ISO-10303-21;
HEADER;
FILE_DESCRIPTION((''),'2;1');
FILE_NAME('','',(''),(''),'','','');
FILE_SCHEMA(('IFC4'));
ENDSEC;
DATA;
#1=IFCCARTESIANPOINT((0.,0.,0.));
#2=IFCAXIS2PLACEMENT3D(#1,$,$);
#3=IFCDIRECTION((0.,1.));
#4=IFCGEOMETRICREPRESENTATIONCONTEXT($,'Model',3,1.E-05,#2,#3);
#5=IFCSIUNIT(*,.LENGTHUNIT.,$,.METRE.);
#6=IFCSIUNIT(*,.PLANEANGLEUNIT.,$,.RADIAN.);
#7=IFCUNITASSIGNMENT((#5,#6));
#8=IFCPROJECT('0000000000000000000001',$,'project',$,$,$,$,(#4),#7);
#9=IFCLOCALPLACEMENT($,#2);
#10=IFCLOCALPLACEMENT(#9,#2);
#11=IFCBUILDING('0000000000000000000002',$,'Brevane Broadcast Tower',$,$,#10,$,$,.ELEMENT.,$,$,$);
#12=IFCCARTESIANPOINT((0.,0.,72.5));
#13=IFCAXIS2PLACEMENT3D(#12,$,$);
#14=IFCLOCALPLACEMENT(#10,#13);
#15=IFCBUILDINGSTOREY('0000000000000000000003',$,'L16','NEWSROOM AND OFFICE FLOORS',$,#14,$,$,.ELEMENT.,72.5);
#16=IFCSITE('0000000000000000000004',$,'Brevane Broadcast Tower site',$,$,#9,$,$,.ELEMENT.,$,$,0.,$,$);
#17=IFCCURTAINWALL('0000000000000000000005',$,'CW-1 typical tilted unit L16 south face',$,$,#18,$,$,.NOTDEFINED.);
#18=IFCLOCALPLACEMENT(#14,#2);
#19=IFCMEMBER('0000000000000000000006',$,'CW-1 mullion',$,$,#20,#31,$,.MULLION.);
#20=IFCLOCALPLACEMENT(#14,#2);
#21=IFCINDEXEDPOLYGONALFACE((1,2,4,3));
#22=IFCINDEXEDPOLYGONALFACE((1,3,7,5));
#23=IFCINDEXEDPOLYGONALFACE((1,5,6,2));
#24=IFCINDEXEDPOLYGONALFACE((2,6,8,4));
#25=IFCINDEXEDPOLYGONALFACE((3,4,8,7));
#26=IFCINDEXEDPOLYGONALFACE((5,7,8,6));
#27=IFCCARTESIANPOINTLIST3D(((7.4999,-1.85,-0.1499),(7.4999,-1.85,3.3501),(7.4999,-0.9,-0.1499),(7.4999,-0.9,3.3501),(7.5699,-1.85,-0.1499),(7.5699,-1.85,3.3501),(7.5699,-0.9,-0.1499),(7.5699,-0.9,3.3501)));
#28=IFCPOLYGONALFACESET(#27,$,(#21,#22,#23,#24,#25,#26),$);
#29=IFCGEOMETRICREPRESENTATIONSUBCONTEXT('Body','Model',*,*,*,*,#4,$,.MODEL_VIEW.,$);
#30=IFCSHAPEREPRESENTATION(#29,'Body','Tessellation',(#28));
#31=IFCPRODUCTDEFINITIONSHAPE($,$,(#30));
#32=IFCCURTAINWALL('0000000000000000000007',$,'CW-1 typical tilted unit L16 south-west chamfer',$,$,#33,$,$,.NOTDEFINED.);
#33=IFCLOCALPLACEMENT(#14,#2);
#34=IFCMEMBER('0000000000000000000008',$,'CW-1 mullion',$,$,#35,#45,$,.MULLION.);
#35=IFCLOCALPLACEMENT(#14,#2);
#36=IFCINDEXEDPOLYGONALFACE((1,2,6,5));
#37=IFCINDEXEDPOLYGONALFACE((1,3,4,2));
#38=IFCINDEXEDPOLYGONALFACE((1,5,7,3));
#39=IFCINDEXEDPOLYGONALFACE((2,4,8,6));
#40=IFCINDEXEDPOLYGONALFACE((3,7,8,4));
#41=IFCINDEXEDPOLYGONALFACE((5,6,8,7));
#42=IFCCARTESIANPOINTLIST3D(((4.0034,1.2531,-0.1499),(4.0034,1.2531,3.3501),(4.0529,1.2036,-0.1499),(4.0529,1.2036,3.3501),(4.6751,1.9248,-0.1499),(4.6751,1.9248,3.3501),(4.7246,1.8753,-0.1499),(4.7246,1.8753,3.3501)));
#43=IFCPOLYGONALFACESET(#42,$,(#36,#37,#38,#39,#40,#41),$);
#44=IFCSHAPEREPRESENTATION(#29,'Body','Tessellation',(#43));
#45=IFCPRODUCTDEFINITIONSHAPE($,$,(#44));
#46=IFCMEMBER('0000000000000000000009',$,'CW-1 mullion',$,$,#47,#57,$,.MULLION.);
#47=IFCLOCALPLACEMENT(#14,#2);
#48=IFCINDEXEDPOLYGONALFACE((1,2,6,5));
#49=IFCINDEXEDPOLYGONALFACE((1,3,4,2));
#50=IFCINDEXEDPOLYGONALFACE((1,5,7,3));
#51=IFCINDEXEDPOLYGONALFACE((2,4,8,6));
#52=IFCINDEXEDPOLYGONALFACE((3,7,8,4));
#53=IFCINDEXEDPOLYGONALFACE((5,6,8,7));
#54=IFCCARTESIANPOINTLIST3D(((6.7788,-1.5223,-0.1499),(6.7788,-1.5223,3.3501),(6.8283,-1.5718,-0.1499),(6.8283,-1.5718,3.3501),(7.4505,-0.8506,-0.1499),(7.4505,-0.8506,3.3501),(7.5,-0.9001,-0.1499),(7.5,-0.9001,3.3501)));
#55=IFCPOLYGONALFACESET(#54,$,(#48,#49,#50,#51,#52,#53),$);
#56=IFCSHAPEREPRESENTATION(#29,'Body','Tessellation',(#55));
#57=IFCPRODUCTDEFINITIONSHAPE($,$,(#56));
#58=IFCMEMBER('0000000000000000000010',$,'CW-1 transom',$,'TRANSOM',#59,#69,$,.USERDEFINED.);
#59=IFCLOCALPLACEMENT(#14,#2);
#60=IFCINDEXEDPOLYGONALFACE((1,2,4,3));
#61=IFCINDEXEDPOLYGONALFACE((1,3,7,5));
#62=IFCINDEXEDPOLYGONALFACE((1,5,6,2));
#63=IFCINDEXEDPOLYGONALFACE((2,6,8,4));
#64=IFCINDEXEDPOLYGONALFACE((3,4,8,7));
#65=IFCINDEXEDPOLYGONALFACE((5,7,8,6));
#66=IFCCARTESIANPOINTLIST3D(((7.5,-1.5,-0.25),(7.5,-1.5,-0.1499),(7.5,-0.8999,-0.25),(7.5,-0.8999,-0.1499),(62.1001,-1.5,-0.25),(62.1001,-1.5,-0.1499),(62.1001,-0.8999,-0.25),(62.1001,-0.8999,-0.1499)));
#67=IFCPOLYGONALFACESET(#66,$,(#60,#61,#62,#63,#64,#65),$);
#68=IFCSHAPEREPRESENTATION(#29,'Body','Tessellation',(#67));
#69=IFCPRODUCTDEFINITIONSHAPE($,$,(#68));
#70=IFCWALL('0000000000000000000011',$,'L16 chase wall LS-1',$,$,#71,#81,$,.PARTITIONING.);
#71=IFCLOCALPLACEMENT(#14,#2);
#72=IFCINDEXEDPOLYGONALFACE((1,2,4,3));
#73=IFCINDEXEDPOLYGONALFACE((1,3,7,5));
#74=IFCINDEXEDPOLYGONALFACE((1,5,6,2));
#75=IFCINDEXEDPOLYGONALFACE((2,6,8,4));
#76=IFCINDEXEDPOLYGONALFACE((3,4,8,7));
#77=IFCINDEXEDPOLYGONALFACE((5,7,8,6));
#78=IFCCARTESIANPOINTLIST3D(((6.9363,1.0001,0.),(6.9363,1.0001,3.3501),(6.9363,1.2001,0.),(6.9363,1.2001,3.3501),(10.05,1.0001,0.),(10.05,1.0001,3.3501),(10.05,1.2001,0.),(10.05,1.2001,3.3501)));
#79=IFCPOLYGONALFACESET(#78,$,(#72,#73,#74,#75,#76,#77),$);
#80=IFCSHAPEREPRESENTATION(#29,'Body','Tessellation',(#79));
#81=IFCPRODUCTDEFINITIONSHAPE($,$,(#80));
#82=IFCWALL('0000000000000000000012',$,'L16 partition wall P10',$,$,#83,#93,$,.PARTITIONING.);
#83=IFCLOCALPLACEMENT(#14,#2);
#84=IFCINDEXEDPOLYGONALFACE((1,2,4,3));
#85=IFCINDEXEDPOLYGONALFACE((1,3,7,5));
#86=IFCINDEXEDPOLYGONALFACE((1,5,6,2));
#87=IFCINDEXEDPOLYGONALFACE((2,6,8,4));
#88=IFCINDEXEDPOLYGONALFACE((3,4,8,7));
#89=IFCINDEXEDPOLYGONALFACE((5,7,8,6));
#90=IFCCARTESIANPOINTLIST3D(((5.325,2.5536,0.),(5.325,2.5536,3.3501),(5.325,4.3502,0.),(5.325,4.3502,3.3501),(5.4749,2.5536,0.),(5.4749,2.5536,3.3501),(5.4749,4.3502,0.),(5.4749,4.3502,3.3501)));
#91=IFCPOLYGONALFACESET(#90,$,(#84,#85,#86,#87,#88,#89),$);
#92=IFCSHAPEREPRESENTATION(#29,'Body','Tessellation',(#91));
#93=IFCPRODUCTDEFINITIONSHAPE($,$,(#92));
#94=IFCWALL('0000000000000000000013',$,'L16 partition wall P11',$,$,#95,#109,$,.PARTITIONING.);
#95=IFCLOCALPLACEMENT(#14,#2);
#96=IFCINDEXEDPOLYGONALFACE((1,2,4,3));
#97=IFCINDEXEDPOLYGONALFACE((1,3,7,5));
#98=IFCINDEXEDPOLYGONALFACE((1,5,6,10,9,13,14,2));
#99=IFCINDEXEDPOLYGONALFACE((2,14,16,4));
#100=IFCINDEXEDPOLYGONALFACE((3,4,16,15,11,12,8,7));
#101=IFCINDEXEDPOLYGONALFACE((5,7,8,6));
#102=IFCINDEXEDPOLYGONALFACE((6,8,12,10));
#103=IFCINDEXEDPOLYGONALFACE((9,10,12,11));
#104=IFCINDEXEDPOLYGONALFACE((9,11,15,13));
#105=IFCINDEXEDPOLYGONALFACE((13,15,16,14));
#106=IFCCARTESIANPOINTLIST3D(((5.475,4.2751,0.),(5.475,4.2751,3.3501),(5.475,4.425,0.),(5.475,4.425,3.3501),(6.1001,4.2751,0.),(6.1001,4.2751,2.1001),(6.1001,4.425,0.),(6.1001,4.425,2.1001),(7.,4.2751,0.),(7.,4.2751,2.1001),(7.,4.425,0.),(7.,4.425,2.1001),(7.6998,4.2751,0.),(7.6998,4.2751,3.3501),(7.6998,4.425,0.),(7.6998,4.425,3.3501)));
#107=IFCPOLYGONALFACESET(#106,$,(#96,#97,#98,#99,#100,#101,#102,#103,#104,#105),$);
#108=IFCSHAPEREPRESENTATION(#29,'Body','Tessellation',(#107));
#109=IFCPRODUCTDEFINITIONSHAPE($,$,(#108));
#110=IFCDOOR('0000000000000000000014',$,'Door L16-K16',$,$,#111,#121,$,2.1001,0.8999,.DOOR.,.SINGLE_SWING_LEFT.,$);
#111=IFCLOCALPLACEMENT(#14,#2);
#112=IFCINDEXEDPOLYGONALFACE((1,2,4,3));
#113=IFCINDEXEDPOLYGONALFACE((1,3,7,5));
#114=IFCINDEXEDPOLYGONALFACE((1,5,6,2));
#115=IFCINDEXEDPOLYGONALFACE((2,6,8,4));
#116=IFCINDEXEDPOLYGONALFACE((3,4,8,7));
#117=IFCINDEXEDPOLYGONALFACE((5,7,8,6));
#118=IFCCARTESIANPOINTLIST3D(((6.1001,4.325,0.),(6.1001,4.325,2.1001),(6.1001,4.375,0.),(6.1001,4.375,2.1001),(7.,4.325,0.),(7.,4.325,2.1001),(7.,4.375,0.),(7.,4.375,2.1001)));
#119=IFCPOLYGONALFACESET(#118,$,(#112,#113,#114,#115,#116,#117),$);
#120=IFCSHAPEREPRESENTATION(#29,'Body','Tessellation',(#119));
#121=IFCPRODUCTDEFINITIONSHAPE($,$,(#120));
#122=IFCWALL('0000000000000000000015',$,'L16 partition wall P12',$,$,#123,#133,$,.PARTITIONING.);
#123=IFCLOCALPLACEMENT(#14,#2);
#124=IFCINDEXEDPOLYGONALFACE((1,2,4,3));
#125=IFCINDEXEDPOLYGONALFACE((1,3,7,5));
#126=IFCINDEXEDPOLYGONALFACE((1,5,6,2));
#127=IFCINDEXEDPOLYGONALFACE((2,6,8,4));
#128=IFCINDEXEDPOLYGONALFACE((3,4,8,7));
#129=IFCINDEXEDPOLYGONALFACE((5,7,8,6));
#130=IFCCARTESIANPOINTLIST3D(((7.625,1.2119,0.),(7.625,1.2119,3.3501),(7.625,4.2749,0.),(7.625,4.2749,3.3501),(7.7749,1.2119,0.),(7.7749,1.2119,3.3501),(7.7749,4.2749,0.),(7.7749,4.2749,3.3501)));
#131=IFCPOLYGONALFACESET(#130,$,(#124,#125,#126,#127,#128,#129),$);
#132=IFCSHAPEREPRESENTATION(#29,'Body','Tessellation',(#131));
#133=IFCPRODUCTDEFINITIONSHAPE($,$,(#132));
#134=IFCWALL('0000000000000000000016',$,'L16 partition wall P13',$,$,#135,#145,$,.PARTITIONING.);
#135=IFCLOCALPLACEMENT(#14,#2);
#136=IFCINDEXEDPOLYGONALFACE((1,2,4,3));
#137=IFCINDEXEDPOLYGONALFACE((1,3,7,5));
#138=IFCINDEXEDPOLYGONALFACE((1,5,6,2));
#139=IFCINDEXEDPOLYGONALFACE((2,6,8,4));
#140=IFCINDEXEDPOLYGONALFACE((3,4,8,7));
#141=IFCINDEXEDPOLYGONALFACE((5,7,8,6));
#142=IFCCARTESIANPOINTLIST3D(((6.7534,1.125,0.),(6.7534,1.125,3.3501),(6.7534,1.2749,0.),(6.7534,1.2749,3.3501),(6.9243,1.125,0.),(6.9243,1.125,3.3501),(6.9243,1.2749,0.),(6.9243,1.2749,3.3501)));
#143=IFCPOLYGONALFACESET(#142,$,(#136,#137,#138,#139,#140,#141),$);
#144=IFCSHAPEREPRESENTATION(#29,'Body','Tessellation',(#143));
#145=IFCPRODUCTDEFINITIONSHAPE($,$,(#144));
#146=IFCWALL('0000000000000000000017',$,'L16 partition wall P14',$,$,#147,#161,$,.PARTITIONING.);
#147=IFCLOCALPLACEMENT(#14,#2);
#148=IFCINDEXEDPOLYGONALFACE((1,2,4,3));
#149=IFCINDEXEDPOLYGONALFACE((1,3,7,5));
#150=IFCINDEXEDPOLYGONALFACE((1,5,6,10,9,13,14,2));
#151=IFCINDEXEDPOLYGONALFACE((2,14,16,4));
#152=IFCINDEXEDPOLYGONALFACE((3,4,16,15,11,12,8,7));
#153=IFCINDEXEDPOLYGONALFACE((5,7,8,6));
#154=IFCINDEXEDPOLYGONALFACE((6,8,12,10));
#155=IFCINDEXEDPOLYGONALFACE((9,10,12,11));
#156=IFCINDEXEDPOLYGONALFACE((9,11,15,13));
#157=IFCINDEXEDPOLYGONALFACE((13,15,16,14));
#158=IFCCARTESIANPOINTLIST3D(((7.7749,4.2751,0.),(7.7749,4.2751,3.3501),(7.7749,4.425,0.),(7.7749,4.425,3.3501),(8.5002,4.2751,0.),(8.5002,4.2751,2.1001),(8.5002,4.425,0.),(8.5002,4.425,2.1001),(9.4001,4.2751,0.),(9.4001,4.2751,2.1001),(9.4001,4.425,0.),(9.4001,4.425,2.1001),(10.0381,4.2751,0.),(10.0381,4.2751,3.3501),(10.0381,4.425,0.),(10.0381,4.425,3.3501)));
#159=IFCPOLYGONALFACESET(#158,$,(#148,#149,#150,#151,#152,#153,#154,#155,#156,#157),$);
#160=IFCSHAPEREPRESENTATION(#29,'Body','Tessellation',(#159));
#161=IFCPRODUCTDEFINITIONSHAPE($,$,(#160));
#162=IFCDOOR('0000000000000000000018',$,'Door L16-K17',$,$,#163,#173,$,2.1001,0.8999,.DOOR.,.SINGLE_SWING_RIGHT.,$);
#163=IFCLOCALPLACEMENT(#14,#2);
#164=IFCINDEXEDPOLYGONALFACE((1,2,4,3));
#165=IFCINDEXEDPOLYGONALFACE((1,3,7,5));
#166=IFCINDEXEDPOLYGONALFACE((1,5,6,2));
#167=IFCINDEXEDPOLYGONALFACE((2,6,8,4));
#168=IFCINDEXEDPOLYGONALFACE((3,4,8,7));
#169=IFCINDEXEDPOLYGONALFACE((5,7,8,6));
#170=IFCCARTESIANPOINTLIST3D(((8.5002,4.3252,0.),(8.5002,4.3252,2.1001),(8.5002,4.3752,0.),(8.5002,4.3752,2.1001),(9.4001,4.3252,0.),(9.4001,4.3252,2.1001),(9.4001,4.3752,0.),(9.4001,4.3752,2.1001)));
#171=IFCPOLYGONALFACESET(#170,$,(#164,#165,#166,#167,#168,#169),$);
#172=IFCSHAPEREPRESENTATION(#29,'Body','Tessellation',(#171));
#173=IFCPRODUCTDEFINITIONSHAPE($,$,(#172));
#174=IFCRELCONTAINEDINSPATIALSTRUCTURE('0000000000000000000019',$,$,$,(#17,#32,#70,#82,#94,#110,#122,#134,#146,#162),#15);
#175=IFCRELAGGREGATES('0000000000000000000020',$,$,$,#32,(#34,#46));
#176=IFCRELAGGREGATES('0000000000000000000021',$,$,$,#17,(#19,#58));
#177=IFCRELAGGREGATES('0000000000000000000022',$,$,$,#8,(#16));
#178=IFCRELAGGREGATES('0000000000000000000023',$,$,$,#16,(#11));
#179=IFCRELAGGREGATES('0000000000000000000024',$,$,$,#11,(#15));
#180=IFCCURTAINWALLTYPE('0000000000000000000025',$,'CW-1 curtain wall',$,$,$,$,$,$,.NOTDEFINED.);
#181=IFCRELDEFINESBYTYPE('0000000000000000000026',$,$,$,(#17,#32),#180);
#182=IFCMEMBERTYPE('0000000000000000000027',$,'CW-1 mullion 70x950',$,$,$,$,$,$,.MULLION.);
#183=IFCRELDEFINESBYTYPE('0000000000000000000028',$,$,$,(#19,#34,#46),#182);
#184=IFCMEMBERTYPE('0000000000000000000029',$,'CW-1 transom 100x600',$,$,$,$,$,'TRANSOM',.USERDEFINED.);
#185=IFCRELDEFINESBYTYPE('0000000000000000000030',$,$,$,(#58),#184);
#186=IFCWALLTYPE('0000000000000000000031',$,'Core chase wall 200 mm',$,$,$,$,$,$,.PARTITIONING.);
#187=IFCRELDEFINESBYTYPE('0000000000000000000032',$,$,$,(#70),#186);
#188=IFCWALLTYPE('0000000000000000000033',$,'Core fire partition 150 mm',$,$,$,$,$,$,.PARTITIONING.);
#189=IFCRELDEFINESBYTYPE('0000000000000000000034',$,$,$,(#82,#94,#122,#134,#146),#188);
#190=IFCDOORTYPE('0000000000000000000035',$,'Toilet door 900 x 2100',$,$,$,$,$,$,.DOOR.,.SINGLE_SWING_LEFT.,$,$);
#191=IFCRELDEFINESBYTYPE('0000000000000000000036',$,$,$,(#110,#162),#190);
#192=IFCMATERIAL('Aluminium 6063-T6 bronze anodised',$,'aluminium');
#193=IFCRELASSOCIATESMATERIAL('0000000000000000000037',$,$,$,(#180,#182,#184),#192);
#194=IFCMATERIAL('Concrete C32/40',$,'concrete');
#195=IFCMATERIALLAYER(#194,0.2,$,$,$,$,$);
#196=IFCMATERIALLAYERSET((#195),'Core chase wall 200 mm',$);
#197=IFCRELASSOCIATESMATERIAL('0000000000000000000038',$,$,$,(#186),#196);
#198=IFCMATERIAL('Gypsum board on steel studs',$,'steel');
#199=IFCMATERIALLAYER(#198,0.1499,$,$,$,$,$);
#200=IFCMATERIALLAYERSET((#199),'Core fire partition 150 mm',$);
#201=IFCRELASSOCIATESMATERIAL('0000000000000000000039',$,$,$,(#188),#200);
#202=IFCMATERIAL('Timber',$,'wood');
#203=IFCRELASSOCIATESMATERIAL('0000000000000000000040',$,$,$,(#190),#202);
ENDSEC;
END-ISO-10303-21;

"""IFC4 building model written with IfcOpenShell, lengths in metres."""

from ifc_helpers import new_model, si_unit, direction, frame, frame_2d, origin, origin_2d, place, context, subcontext, project, spatial, rectangle, extrude, material, layer, layer_set, material_profile, profile_set, type_object, element, fill, aggregate, save


model = new_model("IFC4")

# Units and contexts
model_context = context("Model", 3, precision=1e-05, world=origin(), true_north=direction((0.0, 1.0)))
body_context = subcontext(model_context, "Body", "Model", "MODEL_VIEW")
ifc_project = project(units=[si_unit("LENGTHUNIT", "METRE"), si_unit("PLANEANGLEUNIT", "RADIAN")], contexts=[model_context])

# Site, building, storey
site_placement = place(None, origin())
site = spatial("IfcSite", under=ifc_project, at=site_placement, Name="Brevane Broadcast Tower site", CompositionType="ELEMENT", RefElevation=0.0)
building_placement = place(site_placement, origin())
building = spatial("IfcBuilding", under=site, at=building_placement, Name="Brevane Broadcast Tower", CompositionType="ELEMENT")
storey_placement = place(building_placement, frame((0.0, 0.0, 72.5)))
storey = spatial("IfcBuildingStorey", under=building, at=storey_placement, Name="L16", Description="NEWSROOM AND OFFICE FLOORS", CompositionType="ELEMENT", Elevation=72.5)

# Curtain wall, member
ifc_material_1 = material(Name="Aluminium 6063-T6 bronze anodised", Category="aluminium")
curtain_wall_type = type_object("IfcCurtainWallType", Name="CW-1 curtain wall", PredefinedType="NOTDEFINED", material=ifc_material_1)
curtain_wall_1_placement = place(storey_placement, origin())
curtain_wall_1 = element("IfcCurtainWall", 1, at=curtain_wall_1_placement, inside=storey, type_object=curtain_wall_type, Name="CW-1 typical tilted unit L16 south face", PredefinedType="NOTDEFINED")
ifc_material_profile_1 = material_profile(ifc_material_1, rectangle(XDim=0.95, YDim=0.0701, at=origin_2d()), Name="RECT 70x950")
ifc_profile_set_1 = profile_set([ifc_material_profile_1], Name="Aluminium 6063-T6 bronze anodised")
member_type_1 = type_object("IfcMemberType", Name="CW-1 mullion 70x950", PredefinedType="MULLION", material=ifc_profile_set_1)
member_1_placement = place(storey_placement, frame((7.5349, -1.375, -0.1499), z_axis=(0.0, 0.0, 1.0), x_axis=(0.0, 1.0, 0.0)))
member_1 = element("IfcMember", 2, at=member_1_placement, type_object=member_type_1, Name="CW-1 mullion", PredefinedType="MULLION", context=body_context, shape_type="SweptSolid", body=[
    extrude(rectangle(XDim=0.95, YDim=0.0701, at=origin_2d()), origin(), (0.0, 0.0, 1.0), 3.5),
])

# Curtain wall, members
curtain_wall_2_placement = place(storey_placement, origin())
curtain_wall_2 = element("IfcCurtainWall", 3, at=curtain_wall_2_placement, inside=storey, type_object=curtain_wall_type, Name="CW-1 typical tilted unit L16 south-west chamfer", PredefinedType="NOTDEFINED")
member_2_placement = place(storey_placement, frame((4.364, 1.5642, -0.1499), z_axis=(0.0, 0.0, 1.0), x_axis=(0.707107, 0.707107, 0.0)))
member_2 = element("IfcMember", 4, at=member_2_placement, type_object=member_type_1, Name="CW-1 mullion", PredefinedType="MULLION", context=body_context, shape_type="SweptSolid", body=[
    extrude(rectangle(XDim=0.95, YDim=0.0701, at=origin_2d()), origin(), (0.0, 0.0, 1.0), 3.5),
])
member_3_placement = place(storey_placement, frame((7.1394, -1.2112, -0.1499), z_axis=(0.0, 0.0, 1.0), x_axis=(0.707107, 0.707107, 0.0)))
member_3 = element("IfcMember", 5, at=member_3_placement, type_object=member_type_1, Name="CW-1 mullion", PredefinedType="MULLION", context=body_context, shape_type="SweptSolid", body=[
    extrude(rectangle(XDim=0.95, YDim=0.0701, at=origin_2d()), origin(), (0.0, 0.0, 1.0), 3.5),
])
aggregate(curtain_wall_2, [member_2, member_3])

# Member
ifc_material_profile_2 = material_profile(ifc_material_1, rectangle(XDim=0.6001, YDim=0.1001, at=origin_2d()), Name="RECT 100x600")
ifc_profile_set_2 = profile_set([ifc_material_profile_2], Name="Aluminium 6063-T6 bronze anodised")
member_type_2 = type_object("IfcMemberType", Name="CW-1 transom 100x600", ElementType="TRANSOM", PredefinedType="USERDEFINED", material=ifc_profile_set_2)
member_4_placement = place(storey_placement, frame((7.5, -1.2, -0.2), z_axis=(1.0, 0.0, 0.0), x_axis=(0.0, 1.0, 0.0)))
member_4 = element("IfcMember", 6, at=member_4_placement, type_object=member_type_2, Name="CW-1 transom", ObjectType="TRANSOM", PredefinedType="USERDEFINED", context=body_context, shape_type="SweptSolid", body=[
    extrude(rectangle(XDim=0.6001, YDim=0.1001, at=origin_2d()), origin(), (0.0, 0.0, 1.0), 54.6001),
])
aggregate(curtain_wall_1, [member_1, member_4])

# Walls
ifc_material_2 = material(Name="Concrete C32/40", Category="concrete")
ifc_layer_1 = layer(ifc_material_2, 0.2)
ifc_layer_set_1 = layer_set([ifc_layer_1], Name="Core chase wall 200 mm")
wall_type_1 = type_object("IfcWallType", Name="Core chase wall 200 mm", PredefinedType="PARTITIONING", material=ifc_layer_set_1)
wall_1_placement = place(storey_placement, frame((6.9363, 1.1001, 0.0), z_axis=(0.0, 0.0, 1.0), x_axis=(1.0, 0.0, 0.0)))
element("IfcWall", 7, at=wall_1_placement, inside=storey, type_object=wall_type_1, Name="L16 chase wall LS-1", PredefinedType="PARTITIONING", context=body_context, shape_type="SweptSolid", body=[
    extrude(rectangle(XDim=3.1138, YDim=0.2, at=frame_2d((1.5569, 0.0))), origin(), (0.0, 0.0, 1.0), 3.3501),
])
ifc_material_3 = material(Name="Gypsum board on steel studs", Category="steel")
ifc_layer_2 = layer(ifc_material_3, 0.1499)
ifc_layer_set_2 = layer_set([ifc_layer_2], Name="Core fire partition 150 mm")
wall_type_2 = type_object("IfcWallType", Name="Core fire partition 150 mm", PredefinedType="PARTITIONING", material=ifc_layer_set_2)
wall_2_placement = place(storey_placement, frame((5.3999, 2.5535, 0.0), z_axis=(0.0, 0.0, 1.0), x_axis=(0.0, 1.0, 0.0)))
element("IfcWall", 8, at=wall_2_placement, inside=storey, type_object=wall_type_2, Name="L16 partition wall P10", PredefinedType="PARTITIONING", context=body_context, shape_type="SweptSolid", body=[
    extrude(rectangle(XDim=1.7966, YDim=0.1499, at=frame_2d((0.8984, 0.0))), origin(), (0.0, 0.0, 1.0), 3.3501),
])

# Wall, opening, door
wall_3_placement = place(storey_placement, frame((5.4751, 4.3501, 0.0), z_axis=(0.0, 0.0, 1.0), x_axis=(1.0, 0.0, 0.0)))
wall_3 = element("IfcWall", 9, at=wall_3_placement, inside=storey, type_object=wall_type_2, Name="L16 partition wall P11", PredefinedType="PARTITIONING", context=body_context, shape_type="SweptSolid", body=[
    extrude(rectangle(XDim=2.2249, YDim=0.1499, at=frame_2d((1.1123, 0.0))), origin(), (0.0, 0.0, 1.0), 3.3501),
])
opening_1_placement = place(wall_3_placement, frame((0.625, 0.0, 0.0)))
opening_1 = element("IfcOpeningElement", 10, at=opening_1_placement, cuts=wall_3, PredefinedType="OPENING", context=body_context, shape_type="SweptSolid", body=[
    extrude(rectangle(XDim=0.8999, YDim=2.1001, at=frame_2d((0.45, 1.05))), frame((0.0, 0.085, 0.0), z_axis=(0.0, -1.0, 0.0), x_axis=(1.0, 0.0, 0.0)), (0.0, 0.0, 1.0), 0.1699),
])
ifc_material_4 = material(Name="Timber", Category="wood")
door_type = type_object("IfcDoorType", Name="Toilet door 900 x 2100", OperationType="SINGLE_SWING_LEFT", PredefinedType="DOOR", material=ifc_material_4)
door_1_placement = place(opening_1_placement, origin())
door_1 = element("IfcDoor", 11, at=door_1_placement, inside=storey, type_object=door_type, Name="Door L16-K16", OperationType="SINGLE_SWING_LEFT", OverallHeight=2.1001, OverallWidth=0.8999, PredefinedType="DOOR", context=body_context, shape_type="SweptSolid", body=[
    extrude(rectangle(XDim=0.8999, YDim=2.1001, at=frame_2d((0.45, 1.05))), frame((0.0, 0.0249, 0.0), z_axis=(0.0, -1.0, 0.0), x_axis=(1.0, 0.0, 0.0)), (0.0, 0.0, 1.0), 0.05),
])
fill(opening_1, door_1)

# Walls
wall_4_placement = place(storey_placement, frame((7.7, 4.2749, 0.0), z_axis=(0.0, 0.0, 1.0), x_axis=(0.0, -1.0, 0.0)))
element("IfcWall", 12, at=wall_4_placement, inside=storey, type_object=wall_type_2, Name="L16 partition wall P12", PredefinedType="PARTITIONING", context=body_context, shape_type="SweptSolid", body=[
    extrude(rectangle(XDim=3.063, YDim=0.1499, at=frame_2d((1.5315, 0.0))), origin(), (0.0, 0.0, 1.0), 3.3501),
])
wall_5_placement = place(storey_placement, frame((6.9243, 1.2, 0.0), z_axis=(0.0, 0.0, 1.0), x_axis=(-1.0, 0.0, 0.0)))
element("IfcWall", 13, at=wall_5_placement, inside=storey, type_object=wall_type_2, Name="L16 partition wall P13", PredefinedType="PARTITIONING", context=body_context, shape_type="SweptSolid", body=[
    extrude(rectangle(XDim=0.1709, YDim=0.1499, at=frame_2d((0.0854, 0.0))), origin(), (0.0, 0.0, 1.0), 3.3501),
])

# Wall, opening, door
wall_6_placement = place(storey_placement, frame((10.0381, 4.3501, 0.0), z_axis=(0.0, 0.0, 1.0), x_axis=(-1.0, 0.0, 0.0)))
wall_6 = element("IfcWall", 14, at=wall_6_placement, inside=storey, type_object=wall_type_2, Name="L16 partition wall P14", PredefinedType="PARTITIONING", context=body_context, shape_type="SweptSolid", body=[
    extrude(rectangle(XDim=2.2632, YDim=0.1499, at=frame_2d((1.1316, 0.0))), origin(), (0.0, 0.0, 1.0), 3.3501),
])
opening_2_placement = place(wall_6_placement, frame((0.6379, 0.0, 0.0)))
opening_2 = element("IfcOpeningElement", 15, at=opening_2_placement, cuts=wall_6, PredefinedType="OPENING", context=body_context, shape_type="SweptSolid", body=[
    extrude(rectangle(XDim=0.8999, YDim=2.1001, at=frame_2d((0.45, 1.05))), frame((0.0, 0.085, 0.0), z_axis=(0.0, -1.0, 0.0), x_axis=(1.0, 0.0, 0.0)), (0.0, 0.0, 1.0), 0.1699),
])
door_2_placement = place(opening_2_placement, origin())
door_2 = element("IfcDoor", 16, at=door_2_placement, inside=storey, type_object=door_type, Name="Door L16-K17", OperationType="SINGLE_SWING_RIGHT", OverallHeight=2.1001, OverallWidth=0.8999, PredefinedType="DOOR", context=body_context, shape_type="SweptSolid", body=[
    extrude(rectangle(XDim=0.8999, YDim=2.1001, at=frame_2d((0.45, 1.05))), frame((0.0, 0.0249, 0.0), z_axis=(0.0, -1.0, 0.0), x_axis=(1.0, 0.0, 0.0)), (0.0, 0.0, 1.0), 0.05),
])
fill(opening_2, door_2)

save(model, "model.ifc")
